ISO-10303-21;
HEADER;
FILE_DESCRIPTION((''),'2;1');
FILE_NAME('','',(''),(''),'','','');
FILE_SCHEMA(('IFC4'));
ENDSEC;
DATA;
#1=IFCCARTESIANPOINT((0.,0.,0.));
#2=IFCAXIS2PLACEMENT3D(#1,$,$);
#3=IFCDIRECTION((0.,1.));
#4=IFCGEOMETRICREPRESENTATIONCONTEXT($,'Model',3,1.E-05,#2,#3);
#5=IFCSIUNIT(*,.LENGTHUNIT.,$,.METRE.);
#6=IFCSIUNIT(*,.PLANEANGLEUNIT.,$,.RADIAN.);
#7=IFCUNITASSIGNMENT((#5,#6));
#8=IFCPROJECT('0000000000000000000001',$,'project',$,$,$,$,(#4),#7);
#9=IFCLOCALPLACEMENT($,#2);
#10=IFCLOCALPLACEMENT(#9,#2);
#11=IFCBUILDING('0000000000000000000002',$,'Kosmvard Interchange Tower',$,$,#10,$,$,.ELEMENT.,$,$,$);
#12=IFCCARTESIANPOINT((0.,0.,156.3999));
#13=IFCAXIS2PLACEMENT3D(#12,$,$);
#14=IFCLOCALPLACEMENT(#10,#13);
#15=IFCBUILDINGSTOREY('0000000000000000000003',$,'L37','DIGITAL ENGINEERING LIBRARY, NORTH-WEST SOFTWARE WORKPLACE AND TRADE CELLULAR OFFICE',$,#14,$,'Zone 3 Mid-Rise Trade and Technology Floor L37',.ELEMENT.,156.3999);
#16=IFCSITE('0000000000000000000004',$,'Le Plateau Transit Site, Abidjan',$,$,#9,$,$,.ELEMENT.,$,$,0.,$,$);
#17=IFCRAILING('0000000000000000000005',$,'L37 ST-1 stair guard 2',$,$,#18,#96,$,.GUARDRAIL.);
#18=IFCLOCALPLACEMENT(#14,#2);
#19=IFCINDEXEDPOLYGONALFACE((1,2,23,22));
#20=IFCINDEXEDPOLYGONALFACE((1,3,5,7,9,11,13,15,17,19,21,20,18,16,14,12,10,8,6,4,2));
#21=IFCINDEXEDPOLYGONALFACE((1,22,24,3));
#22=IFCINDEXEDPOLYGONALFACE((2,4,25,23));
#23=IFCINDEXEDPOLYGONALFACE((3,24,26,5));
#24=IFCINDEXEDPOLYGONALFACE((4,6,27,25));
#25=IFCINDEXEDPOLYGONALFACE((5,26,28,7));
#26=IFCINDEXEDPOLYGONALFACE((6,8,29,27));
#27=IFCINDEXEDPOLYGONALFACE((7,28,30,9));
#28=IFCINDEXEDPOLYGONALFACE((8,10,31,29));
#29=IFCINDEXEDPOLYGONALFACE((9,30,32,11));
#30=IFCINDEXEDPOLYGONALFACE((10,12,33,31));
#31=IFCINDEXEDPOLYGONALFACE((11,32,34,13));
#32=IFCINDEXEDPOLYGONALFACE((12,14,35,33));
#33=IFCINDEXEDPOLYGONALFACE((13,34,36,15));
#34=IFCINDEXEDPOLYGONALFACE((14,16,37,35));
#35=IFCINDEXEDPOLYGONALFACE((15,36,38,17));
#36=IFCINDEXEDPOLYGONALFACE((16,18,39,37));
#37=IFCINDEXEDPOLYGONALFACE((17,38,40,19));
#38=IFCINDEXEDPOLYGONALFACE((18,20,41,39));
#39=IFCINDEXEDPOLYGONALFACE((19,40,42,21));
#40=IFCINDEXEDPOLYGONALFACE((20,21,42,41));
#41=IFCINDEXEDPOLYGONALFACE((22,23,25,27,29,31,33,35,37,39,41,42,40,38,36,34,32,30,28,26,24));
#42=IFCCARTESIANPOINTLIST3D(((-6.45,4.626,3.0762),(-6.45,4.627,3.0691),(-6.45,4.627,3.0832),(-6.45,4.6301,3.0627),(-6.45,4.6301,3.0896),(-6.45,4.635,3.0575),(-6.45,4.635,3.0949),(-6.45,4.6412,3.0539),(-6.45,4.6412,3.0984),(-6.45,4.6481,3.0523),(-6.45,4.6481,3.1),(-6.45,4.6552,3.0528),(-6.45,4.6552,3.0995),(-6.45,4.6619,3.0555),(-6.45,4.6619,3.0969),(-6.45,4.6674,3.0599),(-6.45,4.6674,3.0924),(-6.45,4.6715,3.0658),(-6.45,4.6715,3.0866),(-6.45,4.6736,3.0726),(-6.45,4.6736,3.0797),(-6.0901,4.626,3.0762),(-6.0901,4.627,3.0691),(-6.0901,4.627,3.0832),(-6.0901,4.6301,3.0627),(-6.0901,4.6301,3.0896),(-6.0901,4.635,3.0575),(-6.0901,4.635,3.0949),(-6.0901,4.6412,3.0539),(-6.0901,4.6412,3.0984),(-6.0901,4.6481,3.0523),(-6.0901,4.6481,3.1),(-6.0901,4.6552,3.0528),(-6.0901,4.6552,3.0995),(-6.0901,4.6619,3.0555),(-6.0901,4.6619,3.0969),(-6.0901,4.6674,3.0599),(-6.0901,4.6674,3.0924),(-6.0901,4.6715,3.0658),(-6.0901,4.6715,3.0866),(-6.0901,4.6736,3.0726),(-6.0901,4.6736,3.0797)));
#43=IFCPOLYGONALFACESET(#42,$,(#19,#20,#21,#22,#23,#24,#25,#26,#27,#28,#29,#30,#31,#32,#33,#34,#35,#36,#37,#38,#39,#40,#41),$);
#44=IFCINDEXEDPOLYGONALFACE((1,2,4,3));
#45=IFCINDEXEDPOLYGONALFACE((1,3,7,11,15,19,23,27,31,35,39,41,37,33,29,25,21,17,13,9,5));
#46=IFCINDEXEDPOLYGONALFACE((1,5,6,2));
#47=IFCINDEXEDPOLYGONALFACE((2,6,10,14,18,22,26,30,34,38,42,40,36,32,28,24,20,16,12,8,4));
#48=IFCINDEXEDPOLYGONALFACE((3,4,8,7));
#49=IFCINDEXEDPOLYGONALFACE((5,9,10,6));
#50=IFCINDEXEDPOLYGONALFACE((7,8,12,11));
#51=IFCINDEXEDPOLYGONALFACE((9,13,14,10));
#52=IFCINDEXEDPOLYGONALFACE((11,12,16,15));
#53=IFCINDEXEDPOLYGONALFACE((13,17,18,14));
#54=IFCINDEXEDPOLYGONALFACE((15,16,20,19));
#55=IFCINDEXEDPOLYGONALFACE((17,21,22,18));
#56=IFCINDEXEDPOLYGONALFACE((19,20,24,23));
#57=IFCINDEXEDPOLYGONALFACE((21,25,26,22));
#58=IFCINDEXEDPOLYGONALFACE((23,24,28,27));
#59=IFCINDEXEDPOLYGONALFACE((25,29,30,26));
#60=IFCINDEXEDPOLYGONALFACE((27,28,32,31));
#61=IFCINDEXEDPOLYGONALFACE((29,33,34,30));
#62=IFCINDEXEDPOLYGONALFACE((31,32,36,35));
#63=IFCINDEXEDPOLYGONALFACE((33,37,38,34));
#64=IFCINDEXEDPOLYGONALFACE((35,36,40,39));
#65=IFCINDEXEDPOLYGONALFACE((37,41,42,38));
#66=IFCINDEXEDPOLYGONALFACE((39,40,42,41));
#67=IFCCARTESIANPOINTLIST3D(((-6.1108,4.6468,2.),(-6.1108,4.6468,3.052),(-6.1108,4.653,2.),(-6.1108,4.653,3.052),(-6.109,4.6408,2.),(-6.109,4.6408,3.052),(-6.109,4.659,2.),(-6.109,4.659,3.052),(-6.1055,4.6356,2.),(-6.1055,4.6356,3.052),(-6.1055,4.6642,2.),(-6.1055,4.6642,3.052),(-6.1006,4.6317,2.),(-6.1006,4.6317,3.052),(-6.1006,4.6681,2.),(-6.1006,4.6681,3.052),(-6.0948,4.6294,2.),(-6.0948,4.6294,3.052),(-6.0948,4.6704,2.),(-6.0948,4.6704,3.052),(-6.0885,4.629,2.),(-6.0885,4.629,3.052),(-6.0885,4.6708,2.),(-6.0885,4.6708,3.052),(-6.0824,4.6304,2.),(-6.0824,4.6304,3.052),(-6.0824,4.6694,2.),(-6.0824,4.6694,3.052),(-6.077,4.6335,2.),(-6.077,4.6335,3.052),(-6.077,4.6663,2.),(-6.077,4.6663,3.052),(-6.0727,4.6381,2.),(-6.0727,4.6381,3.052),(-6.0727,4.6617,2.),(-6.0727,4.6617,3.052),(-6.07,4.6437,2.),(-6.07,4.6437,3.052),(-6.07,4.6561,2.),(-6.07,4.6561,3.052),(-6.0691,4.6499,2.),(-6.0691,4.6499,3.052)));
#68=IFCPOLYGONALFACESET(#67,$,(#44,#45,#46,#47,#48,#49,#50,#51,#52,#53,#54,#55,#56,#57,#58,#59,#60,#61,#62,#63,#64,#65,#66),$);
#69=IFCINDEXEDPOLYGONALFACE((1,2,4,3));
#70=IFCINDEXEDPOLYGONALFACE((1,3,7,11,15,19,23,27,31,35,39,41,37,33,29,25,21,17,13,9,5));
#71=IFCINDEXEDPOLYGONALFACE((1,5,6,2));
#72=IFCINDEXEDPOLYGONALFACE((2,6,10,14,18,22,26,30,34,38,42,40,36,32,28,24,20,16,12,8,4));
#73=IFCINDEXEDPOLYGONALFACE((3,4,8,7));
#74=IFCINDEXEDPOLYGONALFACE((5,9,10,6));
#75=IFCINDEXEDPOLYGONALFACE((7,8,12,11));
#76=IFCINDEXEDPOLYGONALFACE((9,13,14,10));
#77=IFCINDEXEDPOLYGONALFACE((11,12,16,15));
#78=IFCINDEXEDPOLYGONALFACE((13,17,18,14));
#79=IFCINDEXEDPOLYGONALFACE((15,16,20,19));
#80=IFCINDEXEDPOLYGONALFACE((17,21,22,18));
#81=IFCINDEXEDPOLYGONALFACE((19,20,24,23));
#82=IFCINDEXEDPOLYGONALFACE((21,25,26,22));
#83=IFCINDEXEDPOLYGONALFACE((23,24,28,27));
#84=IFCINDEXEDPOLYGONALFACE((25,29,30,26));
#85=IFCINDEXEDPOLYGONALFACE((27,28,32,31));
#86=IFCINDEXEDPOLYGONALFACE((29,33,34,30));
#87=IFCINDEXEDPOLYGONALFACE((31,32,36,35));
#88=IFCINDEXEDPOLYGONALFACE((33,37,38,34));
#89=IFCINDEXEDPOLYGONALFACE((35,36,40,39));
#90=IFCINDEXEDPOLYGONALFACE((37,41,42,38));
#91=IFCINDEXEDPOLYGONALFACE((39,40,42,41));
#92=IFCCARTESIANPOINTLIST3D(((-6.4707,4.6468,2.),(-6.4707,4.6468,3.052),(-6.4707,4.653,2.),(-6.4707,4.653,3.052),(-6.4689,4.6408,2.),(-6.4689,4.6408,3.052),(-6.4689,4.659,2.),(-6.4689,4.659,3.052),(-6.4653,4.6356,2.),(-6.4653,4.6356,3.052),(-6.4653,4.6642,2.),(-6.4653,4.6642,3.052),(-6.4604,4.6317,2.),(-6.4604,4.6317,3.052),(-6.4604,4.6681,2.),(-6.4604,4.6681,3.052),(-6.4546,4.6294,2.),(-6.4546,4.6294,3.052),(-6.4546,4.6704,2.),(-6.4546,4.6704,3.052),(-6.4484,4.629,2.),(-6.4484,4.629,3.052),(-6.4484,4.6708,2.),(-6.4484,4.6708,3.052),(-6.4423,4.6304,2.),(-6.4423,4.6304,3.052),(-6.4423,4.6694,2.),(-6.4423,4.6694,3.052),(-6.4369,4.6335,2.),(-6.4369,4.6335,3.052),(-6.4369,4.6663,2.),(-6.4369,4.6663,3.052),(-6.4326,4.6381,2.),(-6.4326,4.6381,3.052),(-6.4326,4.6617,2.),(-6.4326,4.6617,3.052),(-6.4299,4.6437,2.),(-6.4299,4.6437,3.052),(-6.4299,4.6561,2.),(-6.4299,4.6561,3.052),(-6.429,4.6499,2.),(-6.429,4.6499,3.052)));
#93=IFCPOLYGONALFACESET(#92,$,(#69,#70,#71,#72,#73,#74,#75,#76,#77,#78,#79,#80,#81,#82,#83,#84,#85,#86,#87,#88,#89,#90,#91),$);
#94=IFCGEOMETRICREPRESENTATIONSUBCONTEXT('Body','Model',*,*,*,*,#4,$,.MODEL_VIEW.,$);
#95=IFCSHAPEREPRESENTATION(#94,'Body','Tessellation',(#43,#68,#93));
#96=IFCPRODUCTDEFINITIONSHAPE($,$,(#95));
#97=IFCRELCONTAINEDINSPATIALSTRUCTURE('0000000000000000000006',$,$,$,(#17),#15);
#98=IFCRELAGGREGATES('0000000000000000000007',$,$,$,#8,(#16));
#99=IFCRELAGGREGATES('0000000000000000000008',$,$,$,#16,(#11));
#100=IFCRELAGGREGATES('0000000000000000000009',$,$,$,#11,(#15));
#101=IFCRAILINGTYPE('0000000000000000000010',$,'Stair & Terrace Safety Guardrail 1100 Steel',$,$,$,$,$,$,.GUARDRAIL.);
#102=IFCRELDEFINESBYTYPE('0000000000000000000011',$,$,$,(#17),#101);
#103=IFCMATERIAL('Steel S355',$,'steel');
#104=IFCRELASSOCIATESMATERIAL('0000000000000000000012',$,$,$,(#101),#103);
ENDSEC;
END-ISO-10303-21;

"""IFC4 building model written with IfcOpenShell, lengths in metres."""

from ifc_helpers import new_model, si_unit, direction, frame, origin, origin_2d, place, context, subcontext, project, spatial, circle, extrude, source, transform, mapped, material, type_object, element, save


model = new_model("IFC4")

# Units and contexts
model_context = context("Model", 3, precision=1e-05, world=origin(), true_north=direction((0.0, 1.0)))
body_context = subcontext(model_context, "Body", "Model", "MODEL_VIEW")
ifc_project = project(units=[si_unit("LENGTHUNIT", "METRE"), si_unit("PLANEANGLEUNIT", "RADIAN")], contexts=[model_context])

# Site, building, storey
site_placement = place(None, origin())
site = spatial("IfcSite", under=ifc_project, at=site_placement, Name="Le Plateau Transit Site, Abidjan", CompositionType="ELEMENT", RefElevation=0.0)
building_placement = place(site_placement, origin())
building = spatial("IfcBuilding", under=site, at=building_placement, Name="Kosmvard Interchange Tower", CompositionType="ELEMENT")
storey_placement = place(building_placement, frame((0.0, 0.0, 156.3999)))
storey = spatial("IfcBuildingStorey", under=building, at=storey_placement, Name="L37", Description="DIGITAL ENGINEERING LIBRARY, NORTH-WEST SOFTWARE WORKPLACE AND TRADE CELLULAR OFFICE", LongName="Zone 3 Mid-Rise Trade and Technology Floor L37", CompositionType="ELEMENT", Elevation=156.3999)

# Shared definitions
ifc_material_1 = material(Name="Steel S355", Category="steel")

# Railing
railing_type = type_object("IfcRailingType", Name="Stair & Terrace Safety Guardrail 1100 Steel", PredefinedType="GUARDRAIL", material=ifc_material_1)
shared_shape_1 = source(origin(), body_context, "Body", "SweptSolid", [
    extrude(circle(Radius=0.0239, at=origin_2d()), frame((0.0, 0.0, 1.0762), z_axis=(-1.0, 0.0, 0.0), x_axis=(0.0, -1.0, 0.0)), (0.0, 0.0, 1.0), 0.3599),
    extrude(circle(Radius=0.021, at=origin_2d()), origin(), (0.0, 0.0, 1.0), 1.052),
    extrude(circle(Radius=0.021, at=origin_2d()), frame((-0.3599, 0.0, 0.0)), (0.0, 0.0, 1.0), 1.052),
])
railing_placement = place(storey_placement, frame((-6.0901, 4.6499, 2.0)))
element("IfcRailing", 1, at=railing_placement, inside=storey, type_object=railing_type, Name="L37 ST-1 stair guard 2", PredefinedType="GUARDRAIL", context=body_context, shape_type="MappedRepresentation", body=[
    mapped(shared_shape_1, transform((0.0, 0.0, 0.0), scale=1.0)),
])

save(model, "model.ifc")
